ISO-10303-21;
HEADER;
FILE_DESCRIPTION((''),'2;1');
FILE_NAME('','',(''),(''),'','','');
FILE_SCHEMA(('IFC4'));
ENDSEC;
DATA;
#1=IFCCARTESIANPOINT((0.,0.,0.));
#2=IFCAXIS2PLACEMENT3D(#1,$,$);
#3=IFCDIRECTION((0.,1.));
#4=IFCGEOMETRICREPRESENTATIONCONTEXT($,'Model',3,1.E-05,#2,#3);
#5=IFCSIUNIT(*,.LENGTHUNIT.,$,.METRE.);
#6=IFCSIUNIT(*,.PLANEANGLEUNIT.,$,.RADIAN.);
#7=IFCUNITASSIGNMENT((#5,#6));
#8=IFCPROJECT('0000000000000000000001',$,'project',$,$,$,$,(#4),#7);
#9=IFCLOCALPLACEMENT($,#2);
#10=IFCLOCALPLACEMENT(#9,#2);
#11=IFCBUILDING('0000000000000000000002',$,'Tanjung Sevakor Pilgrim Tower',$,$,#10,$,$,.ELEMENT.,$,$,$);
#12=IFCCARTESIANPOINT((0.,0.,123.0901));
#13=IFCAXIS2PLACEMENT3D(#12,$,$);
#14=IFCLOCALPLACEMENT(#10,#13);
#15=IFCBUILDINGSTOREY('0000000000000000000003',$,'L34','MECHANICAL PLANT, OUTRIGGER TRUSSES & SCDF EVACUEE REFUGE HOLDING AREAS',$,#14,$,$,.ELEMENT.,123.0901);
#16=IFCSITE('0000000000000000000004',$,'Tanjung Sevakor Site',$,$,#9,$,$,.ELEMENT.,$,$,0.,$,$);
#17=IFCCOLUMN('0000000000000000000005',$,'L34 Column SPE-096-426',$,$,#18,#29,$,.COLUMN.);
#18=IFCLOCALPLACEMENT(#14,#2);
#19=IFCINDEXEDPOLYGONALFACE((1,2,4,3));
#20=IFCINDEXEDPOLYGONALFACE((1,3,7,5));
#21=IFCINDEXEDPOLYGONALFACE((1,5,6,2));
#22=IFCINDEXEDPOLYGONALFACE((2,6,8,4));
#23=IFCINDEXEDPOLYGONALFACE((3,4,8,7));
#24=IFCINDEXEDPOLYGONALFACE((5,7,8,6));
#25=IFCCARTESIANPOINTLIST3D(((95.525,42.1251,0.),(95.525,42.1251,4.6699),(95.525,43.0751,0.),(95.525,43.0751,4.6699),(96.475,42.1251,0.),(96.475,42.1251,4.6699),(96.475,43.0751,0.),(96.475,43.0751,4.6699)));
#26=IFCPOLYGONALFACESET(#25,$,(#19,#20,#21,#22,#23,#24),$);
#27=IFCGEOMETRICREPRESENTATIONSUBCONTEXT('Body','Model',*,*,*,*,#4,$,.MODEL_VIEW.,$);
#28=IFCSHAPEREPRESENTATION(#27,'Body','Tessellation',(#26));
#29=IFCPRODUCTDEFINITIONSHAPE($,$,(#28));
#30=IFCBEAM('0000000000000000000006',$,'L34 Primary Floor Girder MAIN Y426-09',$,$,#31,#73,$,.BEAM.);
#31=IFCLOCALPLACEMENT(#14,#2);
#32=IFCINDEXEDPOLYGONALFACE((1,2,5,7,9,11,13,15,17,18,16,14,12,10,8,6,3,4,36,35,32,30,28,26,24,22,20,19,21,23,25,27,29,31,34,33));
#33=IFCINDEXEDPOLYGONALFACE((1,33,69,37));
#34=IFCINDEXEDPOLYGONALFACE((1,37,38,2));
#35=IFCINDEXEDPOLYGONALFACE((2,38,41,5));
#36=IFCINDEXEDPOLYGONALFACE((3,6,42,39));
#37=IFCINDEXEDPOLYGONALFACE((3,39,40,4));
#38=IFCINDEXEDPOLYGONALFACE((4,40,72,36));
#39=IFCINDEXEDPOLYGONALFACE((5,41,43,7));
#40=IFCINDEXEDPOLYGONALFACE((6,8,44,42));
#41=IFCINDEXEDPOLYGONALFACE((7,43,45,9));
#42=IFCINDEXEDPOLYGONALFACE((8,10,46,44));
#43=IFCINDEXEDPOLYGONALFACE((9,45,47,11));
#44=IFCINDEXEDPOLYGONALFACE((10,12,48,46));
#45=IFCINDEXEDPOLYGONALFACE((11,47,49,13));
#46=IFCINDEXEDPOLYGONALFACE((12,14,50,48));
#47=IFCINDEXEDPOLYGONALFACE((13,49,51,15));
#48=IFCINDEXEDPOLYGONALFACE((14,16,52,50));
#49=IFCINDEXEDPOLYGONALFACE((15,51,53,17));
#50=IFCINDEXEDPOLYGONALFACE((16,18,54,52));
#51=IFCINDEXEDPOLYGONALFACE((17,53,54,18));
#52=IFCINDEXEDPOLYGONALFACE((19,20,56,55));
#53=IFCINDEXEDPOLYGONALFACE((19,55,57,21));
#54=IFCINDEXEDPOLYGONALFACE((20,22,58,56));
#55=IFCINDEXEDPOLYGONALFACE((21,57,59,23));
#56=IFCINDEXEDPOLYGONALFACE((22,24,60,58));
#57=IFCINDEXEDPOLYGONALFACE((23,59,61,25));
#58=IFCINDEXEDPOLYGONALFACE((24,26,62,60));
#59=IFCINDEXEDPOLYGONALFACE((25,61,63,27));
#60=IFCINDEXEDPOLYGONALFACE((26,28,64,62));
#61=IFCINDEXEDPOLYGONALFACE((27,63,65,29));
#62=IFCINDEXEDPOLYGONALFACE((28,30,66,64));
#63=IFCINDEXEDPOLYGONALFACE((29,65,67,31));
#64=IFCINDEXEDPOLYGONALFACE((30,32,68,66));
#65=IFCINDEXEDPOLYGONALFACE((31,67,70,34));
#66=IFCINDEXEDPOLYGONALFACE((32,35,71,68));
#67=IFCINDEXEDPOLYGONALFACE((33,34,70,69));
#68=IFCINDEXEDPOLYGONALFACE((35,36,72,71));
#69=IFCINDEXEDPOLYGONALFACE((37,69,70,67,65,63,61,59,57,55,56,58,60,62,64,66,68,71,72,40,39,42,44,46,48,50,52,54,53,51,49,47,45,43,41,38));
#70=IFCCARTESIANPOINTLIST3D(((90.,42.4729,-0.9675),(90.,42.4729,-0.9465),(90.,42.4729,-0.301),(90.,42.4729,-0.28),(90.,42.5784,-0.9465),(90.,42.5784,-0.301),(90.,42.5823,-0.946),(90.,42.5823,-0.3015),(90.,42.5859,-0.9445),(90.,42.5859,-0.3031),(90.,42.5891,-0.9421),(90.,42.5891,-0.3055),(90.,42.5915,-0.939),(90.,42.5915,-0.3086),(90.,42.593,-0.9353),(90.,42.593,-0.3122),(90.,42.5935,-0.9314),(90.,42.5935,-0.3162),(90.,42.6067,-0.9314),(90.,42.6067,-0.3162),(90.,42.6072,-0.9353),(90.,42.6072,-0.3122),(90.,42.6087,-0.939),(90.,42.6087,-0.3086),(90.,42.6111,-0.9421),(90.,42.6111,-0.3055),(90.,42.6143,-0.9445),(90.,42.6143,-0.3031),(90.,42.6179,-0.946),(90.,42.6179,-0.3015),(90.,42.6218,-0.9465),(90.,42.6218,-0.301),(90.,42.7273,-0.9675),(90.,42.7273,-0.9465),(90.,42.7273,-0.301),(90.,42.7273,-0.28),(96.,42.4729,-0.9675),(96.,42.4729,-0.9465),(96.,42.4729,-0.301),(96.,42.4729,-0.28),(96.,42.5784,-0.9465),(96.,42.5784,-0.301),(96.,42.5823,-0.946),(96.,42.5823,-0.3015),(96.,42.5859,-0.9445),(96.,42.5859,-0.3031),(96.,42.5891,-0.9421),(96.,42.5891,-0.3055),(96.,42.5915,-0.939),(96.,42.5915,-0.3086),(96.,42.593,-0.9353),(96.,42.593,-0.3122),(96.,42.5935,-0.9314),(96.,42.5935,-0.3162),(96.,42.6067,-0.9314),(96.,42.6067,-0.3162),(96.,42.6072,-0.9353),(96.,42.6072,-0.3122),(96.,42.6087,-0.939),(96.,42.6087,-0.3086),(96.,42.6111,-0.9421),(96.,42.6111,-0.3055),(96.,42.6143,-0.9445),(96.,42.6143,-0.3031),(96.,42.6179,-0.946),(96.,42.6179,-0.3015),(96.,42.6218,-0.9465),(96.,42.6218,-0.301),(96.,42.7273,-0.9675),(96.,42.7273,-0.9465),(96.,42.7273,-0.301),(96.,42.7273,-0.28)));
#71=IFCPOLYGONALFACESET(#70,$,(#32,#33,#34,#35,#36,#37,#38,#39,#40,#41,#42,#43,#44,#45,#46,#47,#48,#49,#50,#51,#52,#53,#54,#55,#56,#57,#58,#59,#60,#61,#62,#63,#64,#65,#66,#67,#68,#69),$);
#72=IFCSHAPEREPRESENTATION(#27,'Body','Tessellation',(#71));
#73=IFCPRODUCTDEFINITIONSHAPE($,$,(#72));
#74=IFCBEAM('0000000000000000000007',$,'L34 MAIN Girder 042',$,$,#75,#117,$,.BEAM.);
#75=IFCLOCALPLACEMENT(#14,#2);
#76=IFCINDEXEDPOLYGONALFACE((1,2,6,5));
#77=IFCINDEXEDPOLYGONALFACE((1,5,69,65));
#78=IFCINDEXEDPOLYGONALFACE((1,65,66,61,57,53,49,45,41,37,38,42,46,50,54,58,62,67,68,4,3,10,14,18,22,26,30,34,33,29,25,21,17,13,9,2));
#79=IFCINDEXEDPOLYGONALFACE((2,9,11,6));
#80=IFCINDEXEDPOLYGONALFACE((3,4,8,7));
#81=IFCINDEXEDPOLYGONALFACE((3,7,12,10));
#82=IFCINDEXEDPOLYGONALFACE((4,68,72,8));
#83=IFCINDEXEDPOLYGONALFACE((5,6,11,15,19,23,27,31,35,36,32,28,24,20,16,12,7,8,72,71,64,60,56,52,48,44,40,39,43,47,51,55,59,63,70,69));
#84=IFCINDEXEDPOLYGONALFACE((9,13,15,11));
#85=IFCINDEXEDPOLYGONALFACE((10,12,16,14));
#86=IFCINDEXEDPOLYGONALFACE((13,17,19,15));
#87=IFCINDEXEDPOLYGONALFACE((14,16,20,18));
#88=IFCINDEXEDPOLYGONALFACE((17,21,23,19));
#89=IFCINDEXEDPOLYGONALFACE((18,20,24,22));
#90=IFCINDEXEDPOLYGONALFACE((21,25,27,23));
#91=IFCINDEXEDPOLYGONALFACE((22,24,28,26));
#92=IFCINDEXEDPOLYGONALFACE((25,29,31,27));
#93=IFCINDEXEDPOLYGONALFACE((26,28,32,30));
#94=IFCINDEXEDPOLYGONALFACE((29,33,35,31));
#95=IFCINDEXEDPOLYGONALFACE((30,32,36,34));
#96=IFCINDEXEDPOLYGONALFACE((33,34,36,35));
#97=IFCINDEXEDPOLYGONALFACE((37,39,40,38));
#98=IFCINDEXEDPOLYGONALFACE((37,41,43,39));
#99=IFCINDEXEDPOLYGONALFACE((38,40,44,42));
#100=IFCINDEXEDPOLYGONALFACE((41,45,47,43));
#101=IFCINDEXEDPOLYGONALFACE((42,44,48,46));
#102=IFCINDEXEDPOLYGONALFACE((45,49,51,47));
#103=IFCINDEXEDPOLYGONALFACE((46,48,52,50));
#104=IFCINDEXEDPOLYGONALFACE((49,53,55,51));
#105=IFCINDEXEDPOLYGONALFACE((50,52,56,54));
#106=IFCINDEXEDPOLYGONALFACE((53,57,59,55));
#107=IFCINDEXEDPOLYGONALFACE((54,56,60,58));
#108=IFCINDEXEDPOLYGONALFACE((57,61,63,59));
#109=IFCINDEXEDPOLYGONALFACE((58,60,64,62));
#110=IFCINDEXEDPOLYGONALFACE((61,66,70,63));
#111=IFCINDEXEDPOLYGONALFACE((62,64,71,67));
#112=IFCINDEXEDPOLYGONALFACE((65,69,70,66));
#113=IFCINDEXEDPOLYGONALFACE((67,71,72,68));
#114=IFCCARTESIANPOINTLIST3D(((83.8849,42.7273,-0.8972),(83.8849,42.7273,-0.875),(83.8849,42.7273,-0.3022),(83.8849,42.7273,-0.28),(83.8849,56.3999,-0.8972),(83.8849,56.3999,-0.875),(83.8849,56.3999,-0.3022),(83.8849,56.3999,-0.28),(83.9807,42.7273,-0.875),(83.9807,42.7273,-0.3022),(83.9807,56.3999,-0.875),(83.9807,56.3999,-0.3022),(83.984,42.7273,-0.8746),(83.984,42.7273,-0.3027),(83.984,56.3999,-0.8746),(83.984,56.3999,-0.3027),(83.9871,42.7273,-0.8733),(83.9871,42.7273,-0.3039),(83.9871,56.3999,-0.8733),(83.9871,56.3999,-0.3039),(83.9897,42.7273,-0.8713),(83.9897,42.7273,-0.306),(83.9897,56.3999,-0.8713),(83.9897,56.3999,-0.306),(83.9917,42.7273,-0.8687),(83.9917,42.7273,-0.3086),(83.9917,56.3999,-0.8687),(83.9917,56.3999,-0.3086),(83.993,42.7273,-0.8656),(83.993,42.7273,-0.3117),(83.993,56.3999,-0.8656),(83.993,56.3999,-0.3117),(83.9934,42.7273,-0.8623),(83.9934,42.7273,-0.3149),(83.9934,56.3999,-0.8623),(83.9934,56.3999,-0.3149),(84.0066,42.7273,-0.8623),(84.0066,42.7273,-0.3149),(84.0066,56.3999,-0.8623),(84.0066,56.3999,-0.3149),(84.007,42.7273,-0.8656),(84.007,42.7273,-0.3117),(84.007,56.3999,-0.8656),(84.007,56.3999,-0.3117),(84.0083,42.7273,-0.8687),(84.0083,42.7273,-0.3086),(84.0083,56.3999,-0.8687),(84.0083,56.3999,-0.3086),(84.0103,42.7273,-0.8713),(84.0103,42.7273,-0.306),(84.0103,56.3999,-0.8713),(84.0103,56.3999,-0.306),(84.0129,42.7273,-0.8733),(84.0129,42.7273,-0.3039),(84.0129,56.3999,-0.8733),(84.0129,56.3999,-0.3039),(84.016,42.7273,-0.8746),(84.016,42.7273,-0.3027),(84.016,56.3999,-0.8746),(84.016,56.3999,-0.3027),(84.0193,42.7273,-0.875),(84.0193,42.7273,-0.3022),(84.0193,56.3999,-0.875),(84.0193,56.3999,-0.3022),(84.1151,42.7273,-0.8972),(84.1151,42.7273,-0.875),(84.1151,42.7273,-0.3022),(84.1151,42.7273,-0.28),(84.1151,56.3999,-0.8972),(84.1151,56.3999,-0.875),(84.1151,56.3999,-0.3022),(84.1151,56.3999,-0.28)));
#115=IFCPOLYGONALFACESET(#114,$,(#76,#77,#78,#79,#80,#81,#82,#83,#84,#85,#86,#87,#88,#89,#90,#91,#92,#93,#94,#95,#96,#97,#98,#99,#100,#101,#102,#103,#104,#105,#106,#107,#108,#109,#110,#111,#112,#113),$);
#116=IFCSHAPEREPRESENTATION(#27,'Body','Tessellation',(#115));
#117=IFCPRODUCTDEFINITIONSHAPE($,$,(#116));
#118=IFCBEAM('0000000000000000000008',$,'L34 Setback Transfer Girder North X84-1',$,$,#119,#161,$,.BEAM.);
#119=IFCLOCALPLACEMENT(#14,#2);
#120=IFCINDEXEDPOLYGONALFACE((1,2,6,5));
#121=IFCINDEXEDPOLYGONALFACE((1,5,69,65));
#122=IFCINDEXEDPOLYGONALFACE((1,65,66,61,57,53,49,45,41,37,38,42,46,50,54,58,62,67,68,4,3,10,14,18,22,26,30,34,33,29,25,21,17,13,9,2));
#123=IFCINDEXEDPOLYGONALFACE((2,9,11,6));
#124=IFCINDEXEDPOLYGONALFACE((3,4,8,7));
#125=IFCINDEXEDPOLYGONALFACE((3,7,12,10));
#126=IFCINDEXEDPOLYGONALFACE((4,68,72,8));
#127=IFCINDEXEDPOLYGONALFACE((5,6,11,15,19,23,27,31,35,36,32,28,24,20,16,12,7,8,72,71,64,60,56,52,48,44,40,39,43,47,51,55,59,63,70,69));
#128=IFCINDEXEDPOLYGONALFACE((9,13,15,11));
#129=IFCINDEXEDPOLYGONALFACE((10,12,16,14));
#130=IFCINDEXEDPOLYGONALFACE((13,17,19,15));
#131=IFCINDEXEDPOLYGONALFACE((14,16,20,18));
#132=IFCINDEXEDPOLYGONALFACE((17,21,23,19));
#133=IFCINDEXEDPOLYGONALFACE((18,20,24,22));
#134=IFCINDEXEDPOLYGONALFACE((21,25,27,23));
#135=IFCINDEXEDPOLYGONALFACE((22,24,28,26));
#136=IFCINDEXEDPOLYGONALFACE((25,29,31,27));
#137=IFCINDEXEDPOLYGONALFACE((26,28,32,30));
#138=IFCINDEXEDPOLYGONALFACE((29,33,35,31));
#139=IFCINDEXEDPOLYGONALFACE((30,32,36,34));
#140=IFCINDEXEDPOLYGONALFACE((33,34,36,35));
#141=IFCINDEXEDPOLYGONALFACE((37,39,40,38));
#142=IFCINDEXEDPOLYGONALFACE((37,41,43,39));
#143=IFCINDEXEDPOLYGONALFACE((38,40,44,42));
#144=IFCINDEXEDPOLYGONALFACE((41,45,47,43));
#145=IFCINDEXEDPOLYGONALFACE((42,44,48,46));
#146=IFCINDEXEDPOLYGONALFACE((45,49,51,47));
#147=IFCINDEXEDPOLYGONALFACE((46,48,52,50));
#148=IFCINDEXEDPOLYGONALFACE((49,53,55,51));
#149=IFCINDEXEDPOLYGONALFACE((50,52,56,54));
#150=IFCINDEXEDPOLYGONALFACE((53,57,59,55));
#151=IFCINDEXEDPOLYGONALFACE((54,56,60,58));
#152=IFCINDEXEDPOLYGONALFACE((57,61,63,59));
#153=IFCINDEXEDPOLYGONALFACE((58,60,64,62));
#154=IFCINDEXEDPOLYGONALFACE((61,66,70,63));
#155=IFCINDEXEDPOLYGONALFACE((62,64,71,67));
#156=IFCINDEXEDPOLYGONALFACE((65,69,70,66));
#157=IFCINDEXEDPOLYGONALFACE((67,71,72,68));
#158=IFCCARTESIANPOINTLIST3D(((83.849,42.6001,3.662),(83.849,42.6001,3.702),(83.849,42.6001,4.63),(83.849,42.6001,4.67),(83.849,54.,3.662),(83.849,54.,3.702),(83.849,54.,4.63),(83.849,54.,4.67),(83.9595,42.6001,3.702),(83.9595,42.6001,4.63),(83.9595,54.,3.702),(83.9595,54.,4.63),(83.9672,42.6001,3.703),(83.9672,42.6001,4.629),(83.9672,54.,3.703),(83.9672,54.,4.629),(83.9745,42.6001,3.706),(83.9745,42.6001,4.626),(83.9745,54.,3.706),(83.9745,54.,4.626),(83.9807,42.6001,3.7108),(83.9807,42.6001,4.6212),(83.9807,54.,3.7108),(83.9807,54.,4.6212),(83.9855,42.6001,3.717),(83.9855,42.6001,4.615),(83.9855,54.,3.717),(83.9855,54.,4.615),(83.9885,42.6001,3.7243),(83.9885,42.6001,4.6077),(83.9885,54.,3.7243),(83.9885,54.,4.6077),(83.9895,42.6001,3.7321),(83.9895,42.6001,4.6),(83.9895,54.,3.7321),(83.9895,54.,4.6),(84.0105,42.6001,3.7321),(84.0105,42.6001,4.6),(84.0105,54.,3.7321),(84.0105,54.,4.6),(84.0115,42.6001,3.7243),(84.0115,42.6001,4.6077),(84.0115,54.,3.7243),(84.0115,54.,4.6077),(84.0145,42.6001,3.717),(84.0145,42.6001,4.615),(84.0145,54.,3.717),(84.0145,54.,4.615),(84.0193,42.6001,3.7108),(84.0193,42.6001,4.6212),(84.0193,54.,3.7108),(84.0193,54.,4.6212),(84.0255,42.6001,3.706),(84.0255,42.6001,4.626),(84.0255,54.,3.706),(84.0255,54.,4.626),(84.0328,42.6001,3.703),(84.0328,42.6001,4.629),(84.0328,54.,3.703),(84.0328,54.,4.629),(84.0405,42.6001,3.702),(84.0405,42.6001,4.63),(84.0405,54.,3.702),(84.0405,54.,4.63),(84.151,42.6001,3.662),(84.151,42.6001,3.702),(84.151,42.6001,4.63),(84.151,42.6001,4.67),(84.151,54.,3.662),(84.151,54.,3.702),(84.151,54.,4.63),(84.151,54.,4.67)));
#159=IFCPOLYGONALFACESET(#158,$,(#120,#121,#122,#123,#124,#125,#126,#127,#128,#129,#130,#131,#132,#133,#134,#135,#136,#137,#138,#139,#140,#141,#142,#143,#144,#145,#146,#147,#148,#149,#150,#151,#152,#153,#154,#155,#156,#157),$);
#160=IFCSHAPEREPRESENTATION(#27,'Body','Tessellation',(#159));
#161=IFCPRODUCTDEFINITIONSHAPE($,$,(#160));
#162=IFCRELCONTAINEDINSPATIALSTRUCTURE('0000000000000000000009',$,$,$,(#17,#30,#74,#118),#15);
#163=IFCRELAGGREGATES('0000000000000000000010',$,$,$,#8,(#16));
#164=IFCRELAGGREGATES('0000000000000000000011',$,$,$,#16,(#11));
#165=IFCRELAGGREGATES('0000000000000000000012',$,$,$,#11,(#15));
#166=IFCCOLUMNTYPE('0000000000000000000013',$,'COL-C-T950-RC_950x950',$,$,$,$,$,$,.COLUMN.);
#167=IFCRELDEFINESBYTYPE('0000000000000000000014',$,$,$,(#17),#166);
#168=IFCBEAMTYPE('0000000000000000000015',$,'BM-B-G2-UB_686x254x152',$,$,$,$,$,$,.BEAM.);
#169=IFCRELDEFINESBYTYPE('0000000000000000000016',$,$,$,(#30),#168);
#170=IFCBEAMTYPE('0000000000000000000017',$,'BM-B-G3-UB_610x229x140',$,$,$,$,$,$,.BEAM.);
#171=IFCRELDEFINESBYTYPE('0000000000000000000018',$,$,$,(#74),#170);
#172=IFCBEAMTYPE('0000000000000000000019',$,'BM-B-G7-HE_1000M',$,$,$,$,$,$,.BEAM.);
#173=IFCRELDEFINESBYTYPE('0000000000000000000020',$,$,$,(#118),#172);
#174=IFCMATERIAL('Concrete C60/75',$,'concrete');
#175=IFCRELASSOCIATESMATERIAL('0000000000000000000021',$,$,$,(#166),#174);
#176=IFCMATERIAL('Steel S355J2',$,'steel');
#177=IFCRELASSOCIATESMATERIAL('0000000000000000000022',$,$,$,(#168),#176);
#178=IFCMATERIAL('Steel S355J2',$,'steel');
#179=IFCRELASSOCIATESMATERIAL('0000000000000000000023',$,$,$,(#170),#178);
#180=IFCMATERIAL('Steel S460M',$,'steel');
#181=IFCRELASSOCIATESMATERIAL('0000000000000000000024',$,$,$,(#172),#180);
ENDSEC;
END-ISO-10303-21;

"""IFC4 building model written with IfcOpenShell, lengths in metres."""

from ifc_helpers import new_model, si_unit, direction, frame, origin, origin_2d, place, context, subcontext, project, spatial, rectangle, i_section, extrude, material, material_profile, profile_set, type_object, element, save


model = new_model("IFC4")

# Units and contexts
model_context = context("Model", 3, precision=1e-05, world=origin(), true_north=direction((0.0, 1.0)))
body_context = subcontext(model_context, "Body", "Model", "MODEL_VIEW")
ifc_project = project(units=[si_unit("LENGTHUNIT", "METRE"), si_unit("PLANEANGLEUNIT", "RADIAN")], contexts=[model_context])

# Site, building, storey
site_placement = place(None, origin())
site = spatial("IfcSite", under=ifc_project, at=site_placement, Name="Tanjung Sevakor Site", CompositionType="ELEMENT", RefElevation=0.0)
building_placement = place(site_placement, origin())
building = spatial("IfcBuilding", under=site, at=building_placement, Name="Tanjung Sevakor Pilgrim Tower", CompositionType="ELEMENT")
storey_placement = place(building_placement, frame((0.0, 0.0, 123.0901)))
storey = spatial("IfcBuildingStorey", under=building, at=storey_placement, Name="L34", Description="MECHANICAL PLANT, OUTRIGGER TRUSSES & SCDF EVACUEE REFUGE HOLDING AREAS", CompositionType="ELEMENT", Elevation=123.0901)

# Column
ifc_material_1 = material(Name="Concrete C60/75", Category="concrete")
ifc_material_profile_1 = material_profile(ifc_material_1, rectangle(XDim=0.95, YDim=0.95, at=origin_2d()))
ifc_profile_set_1 = profile_set([ifc_material_profile_1], Name="Concrete C60/75")
column_type = type_object("IfcColumnType", Name="COL-C-T950-RC_950x950", PredefinedType="COLUMN", material=ifc_profile_set_1)
column_placement = place(storey_placement, frame((96.0, 42.6001, 0.0), z_axis=(0.0, 0.0, 1.0), x_axis=(1.0, 0.0, 0.0)))
element("IfcColumn", 1, at=column_placement, inside=storey, type_object=column_type, Name="L34 Column SPE-096-426", PredefinedType="COLUMN", context=body_context, shape_type="SweptSolid", body=[
    extrude(rectangle(XDim=0.95, YDim=0.95, at=origin_2d()), origin(), (0.0, 0.0, 1.0), 4.6699),
])

# Beams
ifc_material_2 = material(Name="Steel S355J2", Category="steel")
ifc_material_profile_2 = material_profile(ifc_material_2, i_section(OverallWidth=0.2544, OverallDepth=0.6875, WebThickness=0.0132, FlangeThickness=0.021, FilletRadius=0.0151, at=origin_2d()))
ifc_profile_set_2 = profile_set([ifc_material_profile_2], Name="Steel S355J2")
beam_type_1 = type_object("IfcBeamType", Name="BM-B-G2-UB_686x254x152", PredefinedType="BEAM", material=ifc_profile_set_2)
beam_1_placement = place(storey_placement, frame((90.0, 42.6001, -0.6238), z_axis=(1.0, 0.0, 0.0), x_axis=(0.0, 1.0, 0.0)))
element("IfcBeam", 2, at=beam_1_placement, inside=storey, type_object=beam_type_1, Name="L34 Primary Floor Girder MAIN Y426-09", PredefinedType="BEAM", context=body_context, shape_type="SweptSolid", body=[
    extrude(i_section(OverallWidth=0.2544, OverallDepth=0.6875, WebThickness=0.0132, FlangeThickness=0.021, FilletRadius=0.0151, at=origin_2d()), origin(), (0.0, 0.0, 1.0), 6.0),
])
ifc_material_3 = material(Name="Steel S355J2", Category="steel")
ifc_material_profile_3 = material_profile(ifc_material_3, i_section(OverallWidth=0.2302, OverallDepth=0.6172, WebThickness=0.0132, FlangeThickness=0.0222, FilletRadius=0.0127, at=origin_2d()))
ifc_profile_set_3 = profile_set([ifc_material_profile_3], Name="Steel S355J2")
beam_type_2 = type_object("IfcBeamType", Name="BM-B-G3-UB_610x229x140", PredefinedType="BEAM", material=ifc_profile_set_3)
beam_2_placement = place(storey_placement, frame((84.0, 42.7273, -0.5886), z_axis=(0.0, 1.0, 0.0), x_axis=(-1.0, 0.0, 0.0)))
element("IfcBeam", 3, at=beam_2_placement, inside=storey, type_object=beam_type_2, Name="L34 MAIN Girder 042", PredefinedType="BEAM", context=body_context, shape_type="SweptSolid", body=[
    extrude(i_section(OverallWidth=0.2302, OverallDepth=0.6172, WebThickness=0.0132, FlangeThickness=0.0222, FilletRadius=0.0127, at=origin_2d()), origin(), (0.0, 0.0, 1.0), 13.6726),
])
ifc_material_4 = material(Name="Steel S460M", Category="steel")
ifc_material_profile_4 = material_profile(ifc_material_4, i_section(OverallWidth=0.302, OverallDepth=1.0081, WebThickness=0.021, FlangeThickness=0.04, FilletRadius=0.03, at=origin_2d()))
ifc_profile_set_4 = profile_set([ifc_material_profile_4], Name="Steel S460M")
beam_type_3 = type_object("IfcBeamType", Name="BM-B-G7-HE_1000M", PredefinedType="BEAM", material=ifc_profile_set_4)
for number, where, z_axis, x_axis, name in (
    (4, (84.0, 42.6001, 4.166), (0.0, 1.0, 0.0), (-1.0, 0.0, 0.0), "L34 Setback Transfer Girder North X84-1"),
):
    element("IfcBeam", number, at=place(storey_placement, frame(where, z_axis=z_axis, x_axis=x_axis)), inside=storey, type_object=beam_type_3, Name=name, PredefinedType="BEAM", context=body_context, shape_type="SweptSolid", body=[
        extrude(i_section(OverallWidth=0.302, OverallDepth=1.0081, WebThickness=0.021, FlangeThickness=0.04, FilletRadius=0.03, at=origin_2d()), origin(), (0.0, 0.0, 1.0), 11.3999),
    ])

save(model, "model.ifc")
